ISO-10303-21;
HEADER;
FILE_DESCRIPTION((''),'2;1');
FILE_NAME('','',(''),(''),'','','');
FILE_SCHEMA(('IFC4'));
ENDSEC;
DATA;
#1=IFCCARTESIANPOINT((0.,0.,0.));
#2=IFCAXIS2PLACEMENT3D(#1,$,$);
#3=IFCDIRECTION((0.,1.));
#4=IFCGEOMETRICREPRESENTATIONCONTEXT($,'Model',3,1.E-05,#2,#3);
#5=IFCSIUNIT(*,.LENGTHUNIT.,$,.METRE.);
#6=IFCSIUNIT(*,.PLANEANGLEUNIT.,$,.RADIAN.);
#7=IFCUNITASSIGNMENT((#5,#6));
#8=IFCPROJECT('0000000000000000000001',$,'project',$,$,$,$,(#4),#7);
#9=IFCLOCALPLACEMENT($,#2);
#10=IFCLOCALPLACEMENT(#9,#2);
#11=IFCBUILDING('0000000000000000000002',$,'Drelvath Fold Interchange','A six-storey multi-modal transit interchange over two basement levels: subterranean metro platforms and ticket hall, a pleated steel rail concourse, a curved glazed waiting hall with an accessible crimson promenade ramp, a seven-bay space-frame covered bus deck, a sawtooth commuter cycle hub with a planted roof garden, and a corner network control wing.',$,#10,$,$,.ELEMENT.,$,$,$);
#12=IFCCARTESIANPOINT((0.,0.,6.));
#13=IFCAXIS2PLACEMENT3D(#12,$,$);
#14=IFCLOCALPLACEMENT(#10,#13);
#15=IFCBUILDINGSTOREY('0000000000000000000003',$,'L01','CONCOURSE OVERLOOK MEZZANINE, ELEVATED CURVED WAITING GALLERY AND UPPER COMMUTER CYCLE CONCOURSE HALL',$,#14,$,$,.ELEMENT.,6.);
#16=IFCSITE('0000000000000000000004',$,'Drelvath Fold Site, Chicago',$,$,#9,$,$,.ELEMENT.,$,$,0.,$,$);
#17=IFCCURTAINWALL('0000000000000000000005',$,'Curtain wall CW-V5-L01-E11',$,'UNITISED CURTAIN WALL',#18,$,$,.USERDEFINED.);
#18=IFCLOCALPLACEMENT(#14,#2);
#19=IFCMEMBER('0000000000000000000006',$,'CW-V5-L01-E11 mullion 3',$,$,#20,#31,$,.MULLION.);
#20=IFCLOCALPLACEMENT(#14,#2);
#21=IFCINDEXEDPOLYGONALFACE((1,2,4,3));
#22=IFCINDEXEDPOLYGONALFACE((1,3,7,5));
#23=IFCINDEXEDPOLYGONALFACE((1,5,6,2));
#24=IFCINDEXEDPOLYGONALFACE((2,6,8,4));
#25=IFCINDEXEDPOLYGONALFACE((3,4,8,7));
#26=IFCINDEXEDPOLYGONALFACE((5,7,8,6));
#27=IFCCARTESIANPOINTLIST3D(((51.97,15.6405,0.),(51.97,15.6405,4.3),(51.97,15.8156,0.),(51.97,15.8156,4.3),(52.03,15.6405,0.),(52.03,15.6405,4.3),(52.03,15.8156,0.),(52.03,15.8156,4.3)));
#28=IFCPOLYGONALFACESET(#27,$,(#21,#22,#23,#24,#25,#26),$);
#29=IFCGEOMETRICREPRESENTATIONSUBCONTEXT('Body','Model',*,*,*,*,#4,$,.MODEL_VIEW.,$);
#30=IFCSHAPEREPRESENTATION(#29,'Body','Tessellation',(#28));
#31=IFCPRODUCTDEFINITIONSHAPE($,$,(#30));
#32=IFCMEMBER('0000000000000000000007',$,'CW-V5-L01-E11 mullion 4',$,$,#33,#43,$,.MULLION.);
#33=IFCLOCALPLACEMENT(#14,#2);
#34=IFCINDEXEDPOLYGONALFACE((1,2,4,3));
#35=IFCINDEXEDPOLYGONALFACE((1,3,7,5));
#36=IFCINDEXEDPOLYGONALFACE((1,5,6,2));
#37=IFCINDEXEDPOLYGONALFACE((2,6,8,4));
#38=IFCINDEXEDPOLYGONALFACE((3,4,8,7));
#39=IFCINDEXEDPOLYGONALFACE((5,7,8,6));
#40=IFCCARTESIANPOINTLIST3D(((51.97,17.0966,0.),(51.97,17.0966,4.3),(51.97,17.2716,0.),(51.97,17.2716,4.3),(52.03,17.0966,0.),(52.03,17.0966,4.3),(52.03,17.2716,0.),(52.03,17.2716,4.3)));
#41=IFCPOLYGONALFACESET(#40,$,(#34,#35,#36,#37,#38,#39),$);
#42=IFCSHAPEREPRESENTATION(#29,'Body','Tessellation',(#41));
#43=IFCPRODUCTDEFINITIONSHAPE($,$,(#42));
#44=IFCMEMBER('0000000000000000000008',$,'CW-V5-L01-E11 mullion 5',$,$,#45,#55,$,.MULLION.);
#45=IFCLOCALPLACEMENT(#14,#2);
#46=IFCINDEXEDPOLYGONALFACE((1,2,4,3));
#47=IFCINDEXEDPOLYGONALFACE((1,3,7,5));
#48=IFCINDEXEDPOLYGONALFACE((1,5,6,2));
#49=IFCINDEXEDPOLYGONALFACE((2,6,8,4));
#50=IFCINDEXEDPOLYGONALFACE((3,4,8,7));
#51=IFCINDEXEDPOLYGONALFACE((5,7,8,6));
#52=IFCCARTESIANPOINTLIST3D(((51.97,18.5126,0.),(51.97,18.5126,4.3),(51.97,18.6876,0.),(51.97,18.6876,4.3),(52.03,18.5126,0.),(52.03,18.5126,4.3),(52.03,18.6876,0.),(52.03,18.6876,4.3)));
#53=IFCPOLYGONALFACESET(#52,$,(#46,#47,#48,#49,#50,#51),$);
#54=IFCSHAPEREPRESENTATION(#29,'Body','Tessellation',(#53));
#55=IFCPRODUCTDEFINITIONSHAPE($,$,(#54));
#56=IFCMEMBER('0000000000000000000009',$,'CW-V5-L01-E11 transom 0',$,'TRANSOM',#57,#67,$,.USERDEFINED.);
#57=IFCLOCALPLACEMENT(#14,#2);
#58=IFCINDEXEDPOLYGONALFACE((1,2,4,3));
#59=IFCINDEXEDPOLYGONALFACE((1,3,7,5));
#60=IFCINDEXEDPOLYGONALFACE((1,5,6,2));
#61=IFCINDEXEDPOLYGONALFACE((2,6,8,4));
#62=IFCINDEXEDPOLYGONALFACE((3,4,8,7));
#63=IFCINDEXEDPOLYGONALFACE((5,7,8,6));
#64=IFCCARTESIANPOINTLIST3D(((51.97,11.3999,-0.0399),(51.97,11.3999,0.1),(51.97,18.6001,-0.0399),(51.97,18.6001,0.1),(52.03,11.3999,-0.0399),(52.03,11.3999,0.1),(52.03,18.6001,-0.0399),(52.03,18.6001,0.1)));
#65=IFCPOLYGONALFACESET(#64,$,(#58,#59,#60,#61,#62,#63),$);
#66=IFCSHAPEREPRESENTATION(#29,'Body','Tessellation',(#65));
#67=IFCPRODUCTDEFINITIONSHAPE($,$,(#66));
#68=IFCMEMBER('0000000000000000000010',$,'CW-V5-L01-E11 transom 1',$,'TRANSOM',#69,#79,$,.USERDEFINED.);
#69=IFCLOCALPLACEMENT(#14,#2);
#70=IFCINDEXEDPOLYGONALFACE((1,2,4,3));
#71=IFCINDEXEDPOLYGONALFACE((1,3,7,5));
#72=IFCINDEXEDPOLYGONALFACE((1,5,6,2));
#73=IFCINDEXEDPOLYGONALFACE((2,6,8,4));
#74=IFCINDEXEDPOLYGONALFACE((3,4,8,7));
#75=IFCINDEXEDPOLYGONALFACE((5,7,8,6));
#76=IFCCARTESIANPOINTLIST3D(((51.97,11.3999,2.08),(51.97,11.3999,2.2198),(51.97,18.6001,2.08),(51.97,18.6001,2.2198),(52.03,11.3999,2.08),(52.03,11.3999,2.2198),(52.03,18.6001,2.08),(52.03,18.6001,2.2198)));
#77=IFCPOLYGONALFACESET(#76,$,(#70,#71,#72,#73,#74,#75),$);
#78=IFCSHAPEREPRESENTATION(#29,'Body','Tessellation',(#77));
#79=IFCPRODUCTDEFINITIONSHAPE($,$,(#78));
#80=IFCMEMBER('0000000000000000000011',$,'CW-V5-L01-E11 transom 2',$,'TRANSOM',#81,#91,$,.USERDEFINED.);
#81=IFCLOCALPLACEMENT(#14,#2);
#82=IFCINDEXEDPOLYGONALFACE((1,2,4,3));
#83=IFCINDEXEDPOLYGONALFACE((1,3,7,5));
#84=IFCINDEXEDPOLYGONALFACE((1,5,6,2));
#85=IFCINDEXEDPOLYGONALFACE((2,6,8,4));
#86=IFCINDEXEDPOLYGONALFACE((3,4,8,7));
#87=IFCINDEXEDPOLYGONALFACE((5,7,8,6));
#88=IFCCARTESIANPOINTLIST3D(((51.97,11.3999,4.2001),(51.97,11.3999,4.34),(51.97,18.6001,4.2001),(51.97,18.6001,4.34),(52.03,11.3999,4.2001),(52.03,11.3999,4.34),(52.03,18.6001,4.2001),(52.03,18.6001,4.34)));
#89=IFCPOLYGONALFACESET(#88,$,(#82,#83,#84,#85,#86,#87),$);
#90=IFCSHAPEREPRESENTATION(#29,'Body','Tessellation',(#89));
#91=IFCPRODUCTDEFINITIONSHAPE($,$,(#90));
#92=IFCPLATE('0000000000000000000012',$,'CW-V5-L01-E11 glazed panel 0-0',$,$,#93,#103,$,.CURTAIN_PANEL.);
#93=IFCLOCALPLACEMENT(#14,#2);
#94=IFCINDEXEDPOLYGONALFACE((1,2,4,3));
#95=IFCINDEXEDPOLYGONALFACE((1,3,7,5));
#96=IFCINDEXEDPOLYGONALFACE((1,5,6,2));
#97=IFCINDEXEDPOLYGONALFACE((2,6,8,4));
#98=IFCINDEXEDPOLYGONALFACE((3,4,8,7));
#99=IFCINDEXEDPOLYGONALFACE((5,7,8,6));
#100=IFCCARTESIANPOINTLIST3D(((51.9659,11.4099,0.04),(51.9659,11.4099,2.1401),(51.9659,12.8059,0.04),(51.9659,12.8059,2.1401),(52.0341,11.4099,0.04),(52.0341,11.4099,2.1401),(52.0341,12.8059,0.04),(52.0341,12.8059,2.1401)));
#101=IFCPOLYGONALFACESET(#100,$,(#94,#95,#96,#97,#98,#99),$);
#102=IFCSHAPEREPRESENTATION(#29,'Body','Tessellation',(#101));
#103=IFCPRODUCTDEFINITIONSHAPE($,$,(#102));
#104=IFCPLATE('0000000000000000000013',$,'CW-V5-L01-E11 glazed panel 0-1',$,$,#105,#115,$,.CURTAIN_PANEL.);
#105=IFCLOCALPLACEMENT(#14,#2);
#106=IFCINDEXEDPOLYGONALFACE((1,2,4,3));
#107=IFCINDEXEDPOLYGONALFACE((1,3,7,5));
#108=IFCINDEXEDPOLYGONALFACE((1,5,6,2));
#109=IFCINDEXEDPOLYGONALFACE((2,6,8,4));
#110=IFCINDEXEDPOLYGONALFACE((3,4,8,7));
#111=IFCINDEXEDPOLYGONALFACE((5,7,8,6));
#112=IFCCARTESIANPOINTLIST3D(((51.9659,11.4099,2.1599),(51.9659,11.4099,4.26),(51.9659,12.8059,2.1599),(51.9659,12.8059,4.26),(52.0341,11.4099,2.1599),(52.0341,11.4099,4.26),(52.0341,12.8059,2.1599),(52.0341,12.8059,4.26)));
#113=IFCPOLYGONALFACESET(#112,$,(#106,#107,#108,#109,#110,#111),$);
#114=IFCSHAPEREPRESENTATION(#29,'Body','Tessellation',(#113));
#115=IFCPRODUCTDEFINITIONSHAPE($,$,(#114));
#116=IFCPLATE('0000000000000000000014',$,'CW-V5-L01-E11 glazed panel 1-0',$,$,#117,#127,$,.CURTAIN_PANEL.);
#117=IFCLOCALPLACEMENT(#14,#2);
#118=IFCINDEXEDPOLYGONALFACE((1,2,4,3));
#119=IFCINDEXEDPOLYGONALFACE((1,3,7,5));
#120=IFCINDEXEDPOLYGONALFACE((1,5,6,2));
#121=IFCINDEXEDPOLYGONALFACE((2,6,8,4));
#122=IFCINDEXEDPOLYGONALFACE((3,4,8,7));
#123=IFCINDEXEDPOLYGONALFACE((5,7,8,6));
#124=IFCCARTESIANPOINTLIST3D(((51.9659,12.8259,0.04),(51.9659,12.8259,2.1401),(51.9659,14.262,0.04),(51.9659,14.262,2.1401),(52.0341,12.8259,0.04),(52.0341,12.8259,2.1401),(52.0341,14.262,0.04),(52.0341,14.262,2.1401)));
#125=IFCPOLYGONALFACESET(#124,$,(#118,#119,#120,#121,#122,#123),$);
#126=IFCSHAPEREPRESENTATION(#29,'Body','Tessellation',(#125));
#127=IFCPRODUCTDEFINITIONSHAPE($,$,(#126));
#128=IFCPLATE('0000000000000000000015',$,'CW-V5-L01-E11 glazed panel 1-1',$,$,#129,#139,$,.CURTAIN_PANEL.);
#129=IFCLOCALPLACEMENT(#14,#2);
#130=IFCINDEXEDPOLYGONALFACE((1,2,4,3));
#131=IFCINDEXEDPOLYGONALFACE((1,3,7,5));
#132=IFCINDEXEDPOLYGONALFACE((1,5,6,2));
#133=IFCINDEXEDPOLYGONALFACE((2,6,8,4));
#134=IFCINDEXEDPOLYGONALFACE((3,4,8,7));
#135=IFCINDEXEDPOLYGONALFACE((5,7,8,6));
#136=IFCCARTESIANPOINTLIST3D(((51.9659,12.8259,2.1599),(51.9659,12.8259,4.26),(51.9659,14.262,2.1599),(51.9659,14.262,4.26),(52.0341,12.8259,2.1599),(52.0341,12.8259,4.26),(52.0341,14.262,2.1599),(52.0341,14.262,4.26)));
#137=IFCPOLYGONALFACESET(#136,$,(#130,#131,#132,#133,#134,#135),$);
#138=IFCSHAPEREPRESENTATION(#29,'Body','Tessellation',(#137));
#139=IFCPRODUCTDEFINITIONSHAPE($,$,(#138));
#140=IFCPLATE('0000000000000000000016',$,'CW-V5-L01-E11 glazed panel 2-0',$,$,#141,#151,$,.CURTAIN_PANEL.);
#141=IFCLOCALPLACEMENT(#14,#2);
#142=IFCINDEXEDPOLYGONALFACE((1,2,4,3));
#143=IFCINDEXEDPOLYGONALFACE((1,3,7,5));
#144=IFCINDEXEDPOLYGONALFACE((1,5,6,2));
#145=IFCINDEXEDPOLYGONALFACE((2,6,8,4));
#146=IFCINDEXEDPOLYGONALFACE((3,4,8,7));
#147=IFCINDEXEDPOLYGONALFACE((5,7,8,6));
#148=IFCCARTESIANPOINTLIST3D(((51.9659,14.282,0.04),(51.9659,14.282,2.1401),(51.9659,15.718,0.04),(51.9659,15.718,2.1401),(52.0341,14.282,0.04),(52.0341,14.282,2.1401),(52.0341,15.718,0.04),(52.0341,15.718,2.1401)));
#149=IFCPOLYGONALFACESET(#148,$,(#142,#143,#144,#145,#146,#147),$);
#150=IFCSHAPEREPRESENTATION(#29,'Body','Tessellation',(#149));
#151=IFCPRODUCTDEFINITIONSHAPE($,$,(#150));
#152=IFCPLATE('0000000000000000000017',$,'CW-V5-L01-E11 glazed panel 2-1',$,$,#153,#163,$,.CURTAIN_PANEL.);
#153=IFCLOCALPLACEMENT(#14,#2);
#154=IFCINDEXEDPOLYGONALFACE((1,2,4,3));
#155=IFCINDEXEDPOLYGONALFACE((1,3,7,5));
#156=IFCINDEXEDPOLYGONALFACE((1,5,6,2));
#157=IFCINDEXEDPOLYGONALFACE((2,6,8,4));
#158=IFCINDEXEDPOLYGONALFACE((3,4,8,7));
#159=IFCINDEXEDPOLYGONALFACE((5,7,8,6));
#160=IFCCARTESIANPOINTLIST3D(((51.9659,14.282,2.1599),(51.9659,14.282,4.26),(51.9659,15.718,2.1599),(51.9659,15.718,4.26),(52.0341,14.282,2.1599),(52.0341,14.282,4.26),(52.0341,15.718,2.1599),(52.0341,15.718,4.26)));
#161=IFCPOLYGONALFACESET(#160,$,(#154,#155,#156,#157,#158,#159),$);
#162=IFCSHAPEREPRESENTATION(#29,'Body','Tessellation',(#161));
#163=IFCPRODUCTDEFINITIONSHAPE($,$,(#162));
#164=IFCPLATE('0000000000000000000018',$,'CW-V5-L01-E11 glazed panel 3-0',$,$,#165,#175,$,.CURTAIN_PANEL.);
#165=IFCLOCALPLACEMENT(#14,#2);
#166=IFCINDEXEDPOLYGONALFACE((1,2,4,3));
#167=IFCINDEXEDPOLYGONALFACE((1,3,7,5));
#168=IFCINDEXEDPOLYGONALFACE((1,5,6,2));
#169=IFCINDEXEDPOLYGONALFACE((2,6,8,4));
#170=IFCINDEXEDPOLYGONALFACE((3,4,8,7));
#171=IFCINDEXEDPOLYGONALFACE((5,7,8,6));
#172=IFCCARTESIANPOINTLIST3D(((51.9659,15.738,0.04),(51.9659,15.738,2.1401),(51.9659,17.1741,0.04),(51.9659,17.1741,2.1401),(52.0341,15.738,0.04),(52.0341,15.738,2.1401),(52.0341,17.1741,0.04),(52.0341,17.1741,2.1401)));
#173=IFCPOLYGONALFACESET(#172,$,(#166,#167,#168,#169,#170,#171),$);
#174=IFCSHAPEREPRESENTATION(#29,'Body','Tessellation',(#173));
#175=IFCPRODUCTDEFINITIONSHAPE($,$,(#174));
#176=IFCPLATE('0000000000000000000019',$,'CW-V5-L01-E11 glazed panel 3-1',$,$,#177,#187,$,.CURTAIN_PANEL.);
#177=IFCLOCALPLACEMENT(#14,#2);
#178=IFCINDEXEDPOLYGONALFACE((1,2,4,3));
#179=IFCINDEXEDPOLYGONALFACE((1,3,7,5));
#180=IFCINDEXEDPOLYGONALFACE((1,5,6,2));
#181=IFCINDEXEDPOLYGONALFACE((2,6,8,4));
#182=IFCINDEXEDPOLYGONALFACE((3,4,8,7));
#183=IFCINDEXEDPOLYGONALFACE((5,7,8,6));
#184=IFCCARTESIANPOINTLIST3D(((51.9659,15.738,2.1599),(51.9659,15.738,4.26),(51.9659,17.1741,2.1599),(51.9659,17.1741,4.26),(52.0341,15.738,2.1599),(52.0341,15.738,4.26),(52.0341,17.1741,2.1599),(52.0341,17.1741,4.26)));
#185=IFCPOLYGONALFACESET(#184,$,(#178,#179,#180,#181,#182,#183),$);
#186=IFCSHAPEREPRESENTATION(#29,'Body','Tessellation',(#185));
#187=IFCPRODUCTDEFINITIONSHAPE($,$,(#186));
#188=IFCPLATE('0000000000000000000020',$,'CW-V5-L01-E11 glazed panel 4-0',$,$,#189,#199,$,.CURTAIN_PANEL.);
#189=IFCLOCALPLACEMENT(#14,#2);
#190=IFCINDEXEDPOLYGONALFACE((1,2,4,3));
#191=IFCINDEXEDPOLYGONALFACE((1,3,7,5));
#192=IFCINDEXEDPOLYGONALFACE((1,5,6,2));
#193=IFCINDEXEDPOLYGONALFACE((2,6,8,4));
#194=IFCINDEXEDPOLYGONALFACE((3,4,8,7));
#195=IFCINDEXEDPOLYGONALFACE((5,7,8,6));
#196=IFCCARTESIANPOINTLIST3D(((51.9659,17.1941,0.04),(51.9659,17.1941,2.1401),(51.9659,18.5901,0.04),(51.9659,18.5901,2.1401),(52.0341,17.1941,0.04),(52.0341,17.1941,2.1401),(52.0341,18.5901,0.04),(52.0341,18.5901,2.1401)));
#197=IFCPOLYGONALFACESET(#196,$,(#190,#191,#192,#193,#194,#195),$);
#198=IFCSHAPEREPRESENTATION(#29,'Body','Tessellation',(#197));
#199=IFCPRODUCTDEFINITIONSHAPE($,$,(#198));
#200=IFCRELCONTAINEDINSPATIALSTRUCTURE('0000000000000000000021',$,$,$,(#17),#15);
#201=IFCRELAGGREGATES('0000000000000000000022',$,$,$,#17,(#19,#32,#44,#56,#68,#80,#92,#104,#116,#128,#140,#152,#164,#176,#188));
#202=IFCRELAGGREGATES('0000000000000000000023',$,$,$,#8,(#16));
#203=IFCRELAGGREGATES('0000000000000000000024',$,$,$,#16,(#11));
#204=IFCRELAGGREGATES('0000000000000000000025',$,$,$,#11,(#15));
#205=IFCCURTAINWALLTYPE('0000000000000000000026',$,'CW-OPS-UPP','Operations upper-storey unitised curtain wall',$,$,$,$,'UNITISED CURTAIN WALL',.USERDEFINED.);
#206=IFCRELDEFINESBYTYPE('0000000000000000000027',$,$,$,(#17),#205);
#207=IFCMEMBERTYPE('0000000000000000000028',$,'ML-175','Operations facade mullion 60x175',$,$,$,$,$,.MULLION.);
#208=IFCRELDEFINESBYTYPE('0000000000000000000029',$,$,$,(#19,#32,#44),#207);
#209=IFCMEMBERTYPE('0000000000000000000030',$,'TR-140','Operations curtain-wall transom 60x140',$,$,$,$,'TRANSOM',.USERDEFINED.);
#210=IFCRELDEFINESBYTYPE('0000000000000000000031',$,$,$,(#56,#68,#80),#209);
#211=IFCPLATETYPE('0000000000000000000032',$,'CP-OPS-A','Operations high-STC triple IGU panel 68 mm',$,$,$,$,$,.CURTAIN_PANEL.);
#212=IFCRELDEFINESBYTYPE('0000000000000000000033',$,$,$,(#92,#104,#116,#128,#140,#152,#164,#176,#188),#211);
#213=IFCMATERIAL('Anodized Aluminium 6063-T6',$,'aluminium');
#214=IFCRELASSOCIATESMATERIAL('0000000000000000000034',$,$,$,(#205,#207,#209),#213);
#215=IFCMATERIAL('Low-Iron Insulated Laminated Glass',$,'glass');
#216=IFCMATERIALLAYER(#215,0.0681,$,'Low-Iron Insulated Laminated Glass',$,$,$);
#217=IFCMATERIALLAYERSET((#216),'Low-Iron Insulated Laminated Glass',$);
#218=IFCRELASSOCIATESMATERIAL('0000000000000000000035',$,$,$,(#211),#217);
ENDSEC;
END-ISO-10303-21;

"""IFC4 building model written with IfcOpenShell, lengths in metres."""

from ifc_helpers import new_model, si_unit, direction, frame, origin, origin_2d, place, context, subcontext, project, spatial, rectangle, extrude, material, layer, layer_set, material_profile, profile_set, type_object, element, aggregate, save


model = new_model("IFC4")

# Units and contexts
model_context = context("Model", 3, precision=1e-05, world=origin(), true_north=direction((0.0, 1.0)))
body_context = subcontext(model_context, "Body", "Model", "MODEL_VIEW")
ifc_project = project(units=[si_unit("LENGTHUNIT", "METRE"), si_unit("PLANEANGLEUNIT", "RADIAN")], contexts=[model_context])

# Site, building, storey
site_placement = place(None, origin())
site = spatial("IfcSite", under=ifc_project, at=site_placement, Name="Drelvath Fold Site, Chicago", CompositionType="ELEMENT", RefElevation=0.0)
building_placement = place(site_placement, origin())
building = spatial("IfcBuilding", under=site, at=building_placement, Name="Drelvath Fold Interchange", Description="A six-storey multi-modal transit interchange over two basement levels: subterranean metro platforms and ticket hall, a pleated steel rail concourse, a curved glazed waiting hall with an accessible crimson promenade ramp, a seven-bay space-frame covered bus deck, a sawtooth commuter cycle hub with a planted roof garden, and a corner network control wing.", CompositionType="ELEMENT")
storey_placement = place(building_placement, frame((0.0, 0.0, 6.0)))
storey = spatial("IfcBuildingStorey", under=building, at=storey_placement, Name="L01", Description="CONCOURSE OVERLOOK MEZZANINE, ELEVATED CURVED WAITING GALLERY AND UPPER COMMUTER CYCLE CONCOURSE HALL", CompositionType="ELEMENT", Elevation=6.0)

# Curtain wall, members, plates
ifc_material_1 = material(Name="Anodized Aluminium 6063-T6", Category="aluminium")
curtain_wall_type = type_object("IfcCurtainWallType", Name="CW-OPS-UPP", Description="Operations upper-storey unitised curtain wall", ElementType="UNITISED CURTAIN WALL", PredefinedType="USERDEFINED", material=ifc_material_1)
curtain_wall_placement = place(storey_placement, origin())
curtain_wall = element("IfcCurtainWall", 1, at=curtain_wall_placement, inside=storey, type_object=curtain_wall_type, Name="Curtain wall CW-V5-L01-E11", ObjectType="UNITISED CURTAIN WALL", PredefinedType="USERDEFINED")
ifc_material_profile_1 = material_profile(ifc_material_1, rectangle(XDim=0.0601, YDim=0.175, at=origin_2d()), Name="AL-M 60x175")
ifc_profile_set_1 = profile_set([ifc_material_profile_1], Name="Anodized Aluminium 6063-T6")
member_type_1 = type_object("IfcMemberType", Name="ML-175", Description="Operations facade mullion 60x175", PredefinedType="MULLION", material=ifc_profile_set_1)
member_1_placement = place(storey_placement, frame((52.0, 15.728, 0.0), z_axis=(0.0, 0.0, 1.0), x_axis=(1.0, 0.0, 0.0)))
member_1 = element("IfcMember", 2, at=member_1_placement, type_object=member_type_1, Name="CW-V5-L01-E11 mullion 3", PredefinedType="MULLION", context=body_context, shape_type="SweptSolid", body=[
    extrude(rectangle(XDim=0.0601, YDim=0.175, at=origin_2d()), origin(), (0.0, 0.0, 1.0), 4.3),
])
member_2_placement = place(storey_placement, frame((52.0, 17.1841, 0.0), z_axis=(0.0, 0.0, 1.0), x_axis=(1.0, 0.0, 0.0)))
member_2 = element("IfcMember", 3, at=member_2_placement, type_object=member_type_1, Name="CW-V5-L01-E11 mullion 4", PredefinedType="MULLION", context=body_context, shape_type="SweptSolid", body=[
    extrude(rectangle(XDim=0.0601, YDim=0.175, at=origin_2d()), origin(), (0.0, 0.0, 1.0), 4.3),
])
member_3_placement = place(storey_placement, frame((52.0, 18.6001, 0.0), z_axis=(0.0, 0.0, 1.0), x_axis=(1.0, 0.0, 0.0)))
member_3 = element("IfcMember", 4, at=member_3_placement, type_object=member_type_1, Name="CW-V5-L01-E11 mullion 5", PredefinedType="MULLION", context=body_context, shape_type="SweptSolid", body=[
    extrude(rectangle(XDim=0.0601, YDim=0.175, at=origin_2d()), origin(), (0.0, 0.0, 1.0), 4.3),
])
ifc_material_profile_2 = material_profile(ifc_material_1, rectangle(XDim=0.0601, YDim=0.1399, at=origin_2d()), Name="AL-T 60x140")
ifc_profile_set_2 = profile_set([ifc_material_profile_2], Name="Anodized Aluminium 6063-T6")
member_type_2 = type_object("IfcMemberType", Name="TR-140", Description="Operations curtain-wall transom 60x140", ElementType="TRANSOM", PredefinedType="USERDEFINED", material=ifc_profile_set_2)
member_4_placement = place(storey_placement, frame((52.0, 11.3999, 0.03), z_axis=(0.0, 1.0, 0.0), x_axis=(-1.0, 0.0, 0.0)))
member_4 = element("IfcMember", 5, at=member_4_placement, type_object=member_type_2, Name="CW-V5-L01-E11 transom 0", ObjectType="TRANSOM", PredefinedType="USERDEFINED", context=body_context, shape_type="SweptSolid", body=[
    extrude(rectangle(XDim=0.0601, YDim=0.1399, at=origin_2d()), origin(), (0.0, 0.0, 1.0), 7.2002),
])
member_5_placement = place(storey_placement, frame((52.0, 11.3999, 2.1499), z_axis=(0.0, 1.0, 0.0), x_axis=(-1.0, 0.0, 0.0)))
member_5 = element("IfcMember", 6, at=member_5_placement, type_object=member_type_2, Name="CW-V5-L01-E11 transom 1", ObjectType="TRANSOM", PredefinedType="USERDEFINED", context=body_context, shape_type="SweptSolid", body=[
    extrude(rectangle(XDim=0.0601, YDim=0.1399, at=origin_2d()), origin(), (0.0, 0.0, 1.0), 7.2002),
])
member_6_placement = place(storey_placement, frame((52.0, 11.3999, 4.27), z_axis=(0.0, 1.0, 0.0), x_axis=(-1.0, 0.0, 0.0)))
member_6 = element("IfcMember", 7, at=member_6_placement, type_object=member_type_2, Name="CW-V5-L01-E11 transom 2", ObjectType="TRANSOM", PredefinedType="USERDEFINED", context=body_context, shape_type="SweptSolid", body=[
    extrude(rectangle(XDim=0.0601, YDim=0.1399, at=origin_2d()), origin(), (0.0, 0.0, 1.0), 7.2002),
])
ifc_material_2 = material(Name="Low-Iron Insulated Laminated Glass", Category="glass")
ifc_layer_1 = layer(ifc_material_2, 0.0681, Name="Low-Iron Insulated Laminated Glass")
ifc_layer_set_1 = layer_set([ifc_layer_1], Name="Low-Iron Insulated Laminated Glass")
plate_type_1 = type_object("IfcPlateType", Name="CP-OPS-A", Description="Operations high-STC triple IGU panel 68 mm", PredefinedType="CURTAIN_PANEL", material=ifc_layer_set_1)
plate_1_placement = place(storey_placement, frame((52.0, 12.1079, 0.04), z_axis=(0.0, 0.0, 1.0), x_axis=(0.0, 1.0, 0.0)))
plate_1 = element("IfcPlate", 8, at=plate_1_placement, type_object=plate_type_1, Name="CW-V5-L01-E11 glazed panel 0-0", PredefinedType="CURTAIN_PANEL", context=body_context, shape_type="SweptSolid", body=[
    extrude(rectangle(XDim=1.396, YDim=0.0681, at=origin_2d()), origin(), (0.0, 0.0, 1.0), 2.1001),
])
plate_2_placement = place(storey_placement, frame((52.0, 12.1079, 2.1599), z_axis=(0.0, 0.0, 1.0), x_axis=(0.0, 1.0, 0.0)))
plate_2 = element("IfcPlate", 9, at=plate_2_placement, type_object=plate_type_1, Name="CW-V5-L01-E11 glazed panel 0-1", PredefinedType="CURTAIN_PANEL", context=body_context, shape_type="SweptSolid", body=[
    extrude(rectangle(XDim=1.396, YDim=0.0681, at=origin_2d()), origin(), (0.0, 0.0, 1.0), 2.1001),
])
plate_3_placement = place(storey_placement, frame((52.0, 13.5439, 0.04), z_axis=(0.0, 0.0, 1.0), x_axis=(0.0, 1.0, 0.0)))
plate_3 = element("IfcPlate", 10, at=plate_3_placement, type_object=plate_type_1, Name="CW-V5-L01-E11 glazed panel 1-0", PredefinedType="CURTAIN_PANEL", context=body_context, shape_type="SweptSolid", body=[
    extrude(rectangle(XDim=1.436, YDim=0.0681, at=origin_2d()), origin(), (0.0, 0.0, 1.0), 2.1001),
])
plate_4_placement = place(storey_placement, frame((52.0, 13.5439, 2.1599), z_axis=(0.0, 0.0, 1.0), x_axis=(0.0, 1.0, 0.0)))
plate_4 = element("IfcPlate", 11, at=plate_4_placement, type_object=plate_type_1, Name="CW-V5-L01-E11 glazed panel 1-1", PredefinedType="CURTAIN_PANEL", context=body_context, shape_type="SweptSolid", body=[
    extrude(rectangle(XDim=1.436, YDim=0.0681, at=origin_2d()), origin(), (0.0, 0.0, 1.0), 2.1001),
])
plate_5_placement = place(storey_placement, frame((52.0, 15.0, 0.04), z_axis=(0.0, 0.0, 1.0), x_axis=(0.0, 1.0, 0.0)))
plate_5 = element("IfcPlate", 12, at=plate_5_placement, type_object=plate_type_1, Name="CW-V5-L01-E11 glazed panel 2-0", PredefinedType="CURTAIN_PANEL", context=body_context, shape_type="SweptSolid", body=[
    extrude(rectangle(XDim=1.436, YDim=0.0681, at=origin_2d()), origin(), (0.0, 0.0, 1.0), 2.1001),
])
plate_6_placement = place(storey_placement, frame((52.0, 15.0, 2.1599), z_axis=(0.0, 0.0, 1.0), x_axis=(0.0, 1.0, 0.0)))
plate_6 = element("IfcPlate", 13, at=plate_6_placement, type_object=plate_type_1, Name="CW-V5-L01-E11 glazed panel 2-1", PredefinedType="CURTAIN_PANEL", context=body_context, shape_type="SweptSolid", body=[
    extrude(rectangle(XDim=1.436, YDim=0.0681, at=origin_2d()), origin(), (0.0, 0.0, 1.0), 2.1001),
])
plate_7_placement = place(storey_placement, frame((52.0, 16.4561, 0.04), z_axis=(0.0, 0.0, 1.0), x_axis=(0.0, 1.0, 0.0)))
plate_7 = element("IfcPlate", 14, at=plate_7_placement, type_object=plate_type_1, Name="CW-V5-L01-E11 glazed panel 3-0", PredefinedType="CURTAIN_PANEL", context=body_context, shape_type="SweptSolid", body=[
    extrude(rectangle(XDim=1.436, YDim=0.0681, at=origin_2d()), origin(), (0.0, 0.0, 1.0), 2.1001),
])
plate_8_placement = place(storey_placement, frame((52.0, 16.4561, 2.1599), z_axis=(0.0, 0.0, 1.0), x_axis=(0.0, 1.0, 0.0)))
plate_8 = element("IfcPlate", 15, at=plate_8_placement, type_object=plate_type_1, Name="CW-V5-L01-E11 glazed panel 3-1", PredefinedType="CURTAIN_PANEL", context=body_context, shape_type="SweptSolid", body=[
    extrude(rectangle(XDim=1.436, YDim=0.0681, at=origin_2d()), origin(), (0.0, 0.0, 1.0), 2.1001),
])
plate_9_placement = place(storey_placement, frame((52.0, 17.8921, 0.04), z_axis=(0.0, 0.0, 1.0), x_axis=(0.0, 1.0, 0.0)))
plate_9 = element("IfcPlate", 16, at=plate_9_placement, type_object=plate_type_1, Name="CW-V5-L01-E11 glazed panel 4-0", PredefinedType="CURTAIN_PANEL", context=body_context, shape_type="SweptSolid", body=[
    extrude(rectangle(XDim=1.396, YDim=0.0681, at=origin_2d()), origin(), (0.0, 0.0, 1.0), 2.1001),
])
aggregate(curtain_wall, [member_1, member_2, member_3, member_4, member_5, member_6, plate_1, plate_2, plate_3, plate_4, plate_5, plate_6, plate_7, plate_8, plate_9])

save(model, "model.ifc")
